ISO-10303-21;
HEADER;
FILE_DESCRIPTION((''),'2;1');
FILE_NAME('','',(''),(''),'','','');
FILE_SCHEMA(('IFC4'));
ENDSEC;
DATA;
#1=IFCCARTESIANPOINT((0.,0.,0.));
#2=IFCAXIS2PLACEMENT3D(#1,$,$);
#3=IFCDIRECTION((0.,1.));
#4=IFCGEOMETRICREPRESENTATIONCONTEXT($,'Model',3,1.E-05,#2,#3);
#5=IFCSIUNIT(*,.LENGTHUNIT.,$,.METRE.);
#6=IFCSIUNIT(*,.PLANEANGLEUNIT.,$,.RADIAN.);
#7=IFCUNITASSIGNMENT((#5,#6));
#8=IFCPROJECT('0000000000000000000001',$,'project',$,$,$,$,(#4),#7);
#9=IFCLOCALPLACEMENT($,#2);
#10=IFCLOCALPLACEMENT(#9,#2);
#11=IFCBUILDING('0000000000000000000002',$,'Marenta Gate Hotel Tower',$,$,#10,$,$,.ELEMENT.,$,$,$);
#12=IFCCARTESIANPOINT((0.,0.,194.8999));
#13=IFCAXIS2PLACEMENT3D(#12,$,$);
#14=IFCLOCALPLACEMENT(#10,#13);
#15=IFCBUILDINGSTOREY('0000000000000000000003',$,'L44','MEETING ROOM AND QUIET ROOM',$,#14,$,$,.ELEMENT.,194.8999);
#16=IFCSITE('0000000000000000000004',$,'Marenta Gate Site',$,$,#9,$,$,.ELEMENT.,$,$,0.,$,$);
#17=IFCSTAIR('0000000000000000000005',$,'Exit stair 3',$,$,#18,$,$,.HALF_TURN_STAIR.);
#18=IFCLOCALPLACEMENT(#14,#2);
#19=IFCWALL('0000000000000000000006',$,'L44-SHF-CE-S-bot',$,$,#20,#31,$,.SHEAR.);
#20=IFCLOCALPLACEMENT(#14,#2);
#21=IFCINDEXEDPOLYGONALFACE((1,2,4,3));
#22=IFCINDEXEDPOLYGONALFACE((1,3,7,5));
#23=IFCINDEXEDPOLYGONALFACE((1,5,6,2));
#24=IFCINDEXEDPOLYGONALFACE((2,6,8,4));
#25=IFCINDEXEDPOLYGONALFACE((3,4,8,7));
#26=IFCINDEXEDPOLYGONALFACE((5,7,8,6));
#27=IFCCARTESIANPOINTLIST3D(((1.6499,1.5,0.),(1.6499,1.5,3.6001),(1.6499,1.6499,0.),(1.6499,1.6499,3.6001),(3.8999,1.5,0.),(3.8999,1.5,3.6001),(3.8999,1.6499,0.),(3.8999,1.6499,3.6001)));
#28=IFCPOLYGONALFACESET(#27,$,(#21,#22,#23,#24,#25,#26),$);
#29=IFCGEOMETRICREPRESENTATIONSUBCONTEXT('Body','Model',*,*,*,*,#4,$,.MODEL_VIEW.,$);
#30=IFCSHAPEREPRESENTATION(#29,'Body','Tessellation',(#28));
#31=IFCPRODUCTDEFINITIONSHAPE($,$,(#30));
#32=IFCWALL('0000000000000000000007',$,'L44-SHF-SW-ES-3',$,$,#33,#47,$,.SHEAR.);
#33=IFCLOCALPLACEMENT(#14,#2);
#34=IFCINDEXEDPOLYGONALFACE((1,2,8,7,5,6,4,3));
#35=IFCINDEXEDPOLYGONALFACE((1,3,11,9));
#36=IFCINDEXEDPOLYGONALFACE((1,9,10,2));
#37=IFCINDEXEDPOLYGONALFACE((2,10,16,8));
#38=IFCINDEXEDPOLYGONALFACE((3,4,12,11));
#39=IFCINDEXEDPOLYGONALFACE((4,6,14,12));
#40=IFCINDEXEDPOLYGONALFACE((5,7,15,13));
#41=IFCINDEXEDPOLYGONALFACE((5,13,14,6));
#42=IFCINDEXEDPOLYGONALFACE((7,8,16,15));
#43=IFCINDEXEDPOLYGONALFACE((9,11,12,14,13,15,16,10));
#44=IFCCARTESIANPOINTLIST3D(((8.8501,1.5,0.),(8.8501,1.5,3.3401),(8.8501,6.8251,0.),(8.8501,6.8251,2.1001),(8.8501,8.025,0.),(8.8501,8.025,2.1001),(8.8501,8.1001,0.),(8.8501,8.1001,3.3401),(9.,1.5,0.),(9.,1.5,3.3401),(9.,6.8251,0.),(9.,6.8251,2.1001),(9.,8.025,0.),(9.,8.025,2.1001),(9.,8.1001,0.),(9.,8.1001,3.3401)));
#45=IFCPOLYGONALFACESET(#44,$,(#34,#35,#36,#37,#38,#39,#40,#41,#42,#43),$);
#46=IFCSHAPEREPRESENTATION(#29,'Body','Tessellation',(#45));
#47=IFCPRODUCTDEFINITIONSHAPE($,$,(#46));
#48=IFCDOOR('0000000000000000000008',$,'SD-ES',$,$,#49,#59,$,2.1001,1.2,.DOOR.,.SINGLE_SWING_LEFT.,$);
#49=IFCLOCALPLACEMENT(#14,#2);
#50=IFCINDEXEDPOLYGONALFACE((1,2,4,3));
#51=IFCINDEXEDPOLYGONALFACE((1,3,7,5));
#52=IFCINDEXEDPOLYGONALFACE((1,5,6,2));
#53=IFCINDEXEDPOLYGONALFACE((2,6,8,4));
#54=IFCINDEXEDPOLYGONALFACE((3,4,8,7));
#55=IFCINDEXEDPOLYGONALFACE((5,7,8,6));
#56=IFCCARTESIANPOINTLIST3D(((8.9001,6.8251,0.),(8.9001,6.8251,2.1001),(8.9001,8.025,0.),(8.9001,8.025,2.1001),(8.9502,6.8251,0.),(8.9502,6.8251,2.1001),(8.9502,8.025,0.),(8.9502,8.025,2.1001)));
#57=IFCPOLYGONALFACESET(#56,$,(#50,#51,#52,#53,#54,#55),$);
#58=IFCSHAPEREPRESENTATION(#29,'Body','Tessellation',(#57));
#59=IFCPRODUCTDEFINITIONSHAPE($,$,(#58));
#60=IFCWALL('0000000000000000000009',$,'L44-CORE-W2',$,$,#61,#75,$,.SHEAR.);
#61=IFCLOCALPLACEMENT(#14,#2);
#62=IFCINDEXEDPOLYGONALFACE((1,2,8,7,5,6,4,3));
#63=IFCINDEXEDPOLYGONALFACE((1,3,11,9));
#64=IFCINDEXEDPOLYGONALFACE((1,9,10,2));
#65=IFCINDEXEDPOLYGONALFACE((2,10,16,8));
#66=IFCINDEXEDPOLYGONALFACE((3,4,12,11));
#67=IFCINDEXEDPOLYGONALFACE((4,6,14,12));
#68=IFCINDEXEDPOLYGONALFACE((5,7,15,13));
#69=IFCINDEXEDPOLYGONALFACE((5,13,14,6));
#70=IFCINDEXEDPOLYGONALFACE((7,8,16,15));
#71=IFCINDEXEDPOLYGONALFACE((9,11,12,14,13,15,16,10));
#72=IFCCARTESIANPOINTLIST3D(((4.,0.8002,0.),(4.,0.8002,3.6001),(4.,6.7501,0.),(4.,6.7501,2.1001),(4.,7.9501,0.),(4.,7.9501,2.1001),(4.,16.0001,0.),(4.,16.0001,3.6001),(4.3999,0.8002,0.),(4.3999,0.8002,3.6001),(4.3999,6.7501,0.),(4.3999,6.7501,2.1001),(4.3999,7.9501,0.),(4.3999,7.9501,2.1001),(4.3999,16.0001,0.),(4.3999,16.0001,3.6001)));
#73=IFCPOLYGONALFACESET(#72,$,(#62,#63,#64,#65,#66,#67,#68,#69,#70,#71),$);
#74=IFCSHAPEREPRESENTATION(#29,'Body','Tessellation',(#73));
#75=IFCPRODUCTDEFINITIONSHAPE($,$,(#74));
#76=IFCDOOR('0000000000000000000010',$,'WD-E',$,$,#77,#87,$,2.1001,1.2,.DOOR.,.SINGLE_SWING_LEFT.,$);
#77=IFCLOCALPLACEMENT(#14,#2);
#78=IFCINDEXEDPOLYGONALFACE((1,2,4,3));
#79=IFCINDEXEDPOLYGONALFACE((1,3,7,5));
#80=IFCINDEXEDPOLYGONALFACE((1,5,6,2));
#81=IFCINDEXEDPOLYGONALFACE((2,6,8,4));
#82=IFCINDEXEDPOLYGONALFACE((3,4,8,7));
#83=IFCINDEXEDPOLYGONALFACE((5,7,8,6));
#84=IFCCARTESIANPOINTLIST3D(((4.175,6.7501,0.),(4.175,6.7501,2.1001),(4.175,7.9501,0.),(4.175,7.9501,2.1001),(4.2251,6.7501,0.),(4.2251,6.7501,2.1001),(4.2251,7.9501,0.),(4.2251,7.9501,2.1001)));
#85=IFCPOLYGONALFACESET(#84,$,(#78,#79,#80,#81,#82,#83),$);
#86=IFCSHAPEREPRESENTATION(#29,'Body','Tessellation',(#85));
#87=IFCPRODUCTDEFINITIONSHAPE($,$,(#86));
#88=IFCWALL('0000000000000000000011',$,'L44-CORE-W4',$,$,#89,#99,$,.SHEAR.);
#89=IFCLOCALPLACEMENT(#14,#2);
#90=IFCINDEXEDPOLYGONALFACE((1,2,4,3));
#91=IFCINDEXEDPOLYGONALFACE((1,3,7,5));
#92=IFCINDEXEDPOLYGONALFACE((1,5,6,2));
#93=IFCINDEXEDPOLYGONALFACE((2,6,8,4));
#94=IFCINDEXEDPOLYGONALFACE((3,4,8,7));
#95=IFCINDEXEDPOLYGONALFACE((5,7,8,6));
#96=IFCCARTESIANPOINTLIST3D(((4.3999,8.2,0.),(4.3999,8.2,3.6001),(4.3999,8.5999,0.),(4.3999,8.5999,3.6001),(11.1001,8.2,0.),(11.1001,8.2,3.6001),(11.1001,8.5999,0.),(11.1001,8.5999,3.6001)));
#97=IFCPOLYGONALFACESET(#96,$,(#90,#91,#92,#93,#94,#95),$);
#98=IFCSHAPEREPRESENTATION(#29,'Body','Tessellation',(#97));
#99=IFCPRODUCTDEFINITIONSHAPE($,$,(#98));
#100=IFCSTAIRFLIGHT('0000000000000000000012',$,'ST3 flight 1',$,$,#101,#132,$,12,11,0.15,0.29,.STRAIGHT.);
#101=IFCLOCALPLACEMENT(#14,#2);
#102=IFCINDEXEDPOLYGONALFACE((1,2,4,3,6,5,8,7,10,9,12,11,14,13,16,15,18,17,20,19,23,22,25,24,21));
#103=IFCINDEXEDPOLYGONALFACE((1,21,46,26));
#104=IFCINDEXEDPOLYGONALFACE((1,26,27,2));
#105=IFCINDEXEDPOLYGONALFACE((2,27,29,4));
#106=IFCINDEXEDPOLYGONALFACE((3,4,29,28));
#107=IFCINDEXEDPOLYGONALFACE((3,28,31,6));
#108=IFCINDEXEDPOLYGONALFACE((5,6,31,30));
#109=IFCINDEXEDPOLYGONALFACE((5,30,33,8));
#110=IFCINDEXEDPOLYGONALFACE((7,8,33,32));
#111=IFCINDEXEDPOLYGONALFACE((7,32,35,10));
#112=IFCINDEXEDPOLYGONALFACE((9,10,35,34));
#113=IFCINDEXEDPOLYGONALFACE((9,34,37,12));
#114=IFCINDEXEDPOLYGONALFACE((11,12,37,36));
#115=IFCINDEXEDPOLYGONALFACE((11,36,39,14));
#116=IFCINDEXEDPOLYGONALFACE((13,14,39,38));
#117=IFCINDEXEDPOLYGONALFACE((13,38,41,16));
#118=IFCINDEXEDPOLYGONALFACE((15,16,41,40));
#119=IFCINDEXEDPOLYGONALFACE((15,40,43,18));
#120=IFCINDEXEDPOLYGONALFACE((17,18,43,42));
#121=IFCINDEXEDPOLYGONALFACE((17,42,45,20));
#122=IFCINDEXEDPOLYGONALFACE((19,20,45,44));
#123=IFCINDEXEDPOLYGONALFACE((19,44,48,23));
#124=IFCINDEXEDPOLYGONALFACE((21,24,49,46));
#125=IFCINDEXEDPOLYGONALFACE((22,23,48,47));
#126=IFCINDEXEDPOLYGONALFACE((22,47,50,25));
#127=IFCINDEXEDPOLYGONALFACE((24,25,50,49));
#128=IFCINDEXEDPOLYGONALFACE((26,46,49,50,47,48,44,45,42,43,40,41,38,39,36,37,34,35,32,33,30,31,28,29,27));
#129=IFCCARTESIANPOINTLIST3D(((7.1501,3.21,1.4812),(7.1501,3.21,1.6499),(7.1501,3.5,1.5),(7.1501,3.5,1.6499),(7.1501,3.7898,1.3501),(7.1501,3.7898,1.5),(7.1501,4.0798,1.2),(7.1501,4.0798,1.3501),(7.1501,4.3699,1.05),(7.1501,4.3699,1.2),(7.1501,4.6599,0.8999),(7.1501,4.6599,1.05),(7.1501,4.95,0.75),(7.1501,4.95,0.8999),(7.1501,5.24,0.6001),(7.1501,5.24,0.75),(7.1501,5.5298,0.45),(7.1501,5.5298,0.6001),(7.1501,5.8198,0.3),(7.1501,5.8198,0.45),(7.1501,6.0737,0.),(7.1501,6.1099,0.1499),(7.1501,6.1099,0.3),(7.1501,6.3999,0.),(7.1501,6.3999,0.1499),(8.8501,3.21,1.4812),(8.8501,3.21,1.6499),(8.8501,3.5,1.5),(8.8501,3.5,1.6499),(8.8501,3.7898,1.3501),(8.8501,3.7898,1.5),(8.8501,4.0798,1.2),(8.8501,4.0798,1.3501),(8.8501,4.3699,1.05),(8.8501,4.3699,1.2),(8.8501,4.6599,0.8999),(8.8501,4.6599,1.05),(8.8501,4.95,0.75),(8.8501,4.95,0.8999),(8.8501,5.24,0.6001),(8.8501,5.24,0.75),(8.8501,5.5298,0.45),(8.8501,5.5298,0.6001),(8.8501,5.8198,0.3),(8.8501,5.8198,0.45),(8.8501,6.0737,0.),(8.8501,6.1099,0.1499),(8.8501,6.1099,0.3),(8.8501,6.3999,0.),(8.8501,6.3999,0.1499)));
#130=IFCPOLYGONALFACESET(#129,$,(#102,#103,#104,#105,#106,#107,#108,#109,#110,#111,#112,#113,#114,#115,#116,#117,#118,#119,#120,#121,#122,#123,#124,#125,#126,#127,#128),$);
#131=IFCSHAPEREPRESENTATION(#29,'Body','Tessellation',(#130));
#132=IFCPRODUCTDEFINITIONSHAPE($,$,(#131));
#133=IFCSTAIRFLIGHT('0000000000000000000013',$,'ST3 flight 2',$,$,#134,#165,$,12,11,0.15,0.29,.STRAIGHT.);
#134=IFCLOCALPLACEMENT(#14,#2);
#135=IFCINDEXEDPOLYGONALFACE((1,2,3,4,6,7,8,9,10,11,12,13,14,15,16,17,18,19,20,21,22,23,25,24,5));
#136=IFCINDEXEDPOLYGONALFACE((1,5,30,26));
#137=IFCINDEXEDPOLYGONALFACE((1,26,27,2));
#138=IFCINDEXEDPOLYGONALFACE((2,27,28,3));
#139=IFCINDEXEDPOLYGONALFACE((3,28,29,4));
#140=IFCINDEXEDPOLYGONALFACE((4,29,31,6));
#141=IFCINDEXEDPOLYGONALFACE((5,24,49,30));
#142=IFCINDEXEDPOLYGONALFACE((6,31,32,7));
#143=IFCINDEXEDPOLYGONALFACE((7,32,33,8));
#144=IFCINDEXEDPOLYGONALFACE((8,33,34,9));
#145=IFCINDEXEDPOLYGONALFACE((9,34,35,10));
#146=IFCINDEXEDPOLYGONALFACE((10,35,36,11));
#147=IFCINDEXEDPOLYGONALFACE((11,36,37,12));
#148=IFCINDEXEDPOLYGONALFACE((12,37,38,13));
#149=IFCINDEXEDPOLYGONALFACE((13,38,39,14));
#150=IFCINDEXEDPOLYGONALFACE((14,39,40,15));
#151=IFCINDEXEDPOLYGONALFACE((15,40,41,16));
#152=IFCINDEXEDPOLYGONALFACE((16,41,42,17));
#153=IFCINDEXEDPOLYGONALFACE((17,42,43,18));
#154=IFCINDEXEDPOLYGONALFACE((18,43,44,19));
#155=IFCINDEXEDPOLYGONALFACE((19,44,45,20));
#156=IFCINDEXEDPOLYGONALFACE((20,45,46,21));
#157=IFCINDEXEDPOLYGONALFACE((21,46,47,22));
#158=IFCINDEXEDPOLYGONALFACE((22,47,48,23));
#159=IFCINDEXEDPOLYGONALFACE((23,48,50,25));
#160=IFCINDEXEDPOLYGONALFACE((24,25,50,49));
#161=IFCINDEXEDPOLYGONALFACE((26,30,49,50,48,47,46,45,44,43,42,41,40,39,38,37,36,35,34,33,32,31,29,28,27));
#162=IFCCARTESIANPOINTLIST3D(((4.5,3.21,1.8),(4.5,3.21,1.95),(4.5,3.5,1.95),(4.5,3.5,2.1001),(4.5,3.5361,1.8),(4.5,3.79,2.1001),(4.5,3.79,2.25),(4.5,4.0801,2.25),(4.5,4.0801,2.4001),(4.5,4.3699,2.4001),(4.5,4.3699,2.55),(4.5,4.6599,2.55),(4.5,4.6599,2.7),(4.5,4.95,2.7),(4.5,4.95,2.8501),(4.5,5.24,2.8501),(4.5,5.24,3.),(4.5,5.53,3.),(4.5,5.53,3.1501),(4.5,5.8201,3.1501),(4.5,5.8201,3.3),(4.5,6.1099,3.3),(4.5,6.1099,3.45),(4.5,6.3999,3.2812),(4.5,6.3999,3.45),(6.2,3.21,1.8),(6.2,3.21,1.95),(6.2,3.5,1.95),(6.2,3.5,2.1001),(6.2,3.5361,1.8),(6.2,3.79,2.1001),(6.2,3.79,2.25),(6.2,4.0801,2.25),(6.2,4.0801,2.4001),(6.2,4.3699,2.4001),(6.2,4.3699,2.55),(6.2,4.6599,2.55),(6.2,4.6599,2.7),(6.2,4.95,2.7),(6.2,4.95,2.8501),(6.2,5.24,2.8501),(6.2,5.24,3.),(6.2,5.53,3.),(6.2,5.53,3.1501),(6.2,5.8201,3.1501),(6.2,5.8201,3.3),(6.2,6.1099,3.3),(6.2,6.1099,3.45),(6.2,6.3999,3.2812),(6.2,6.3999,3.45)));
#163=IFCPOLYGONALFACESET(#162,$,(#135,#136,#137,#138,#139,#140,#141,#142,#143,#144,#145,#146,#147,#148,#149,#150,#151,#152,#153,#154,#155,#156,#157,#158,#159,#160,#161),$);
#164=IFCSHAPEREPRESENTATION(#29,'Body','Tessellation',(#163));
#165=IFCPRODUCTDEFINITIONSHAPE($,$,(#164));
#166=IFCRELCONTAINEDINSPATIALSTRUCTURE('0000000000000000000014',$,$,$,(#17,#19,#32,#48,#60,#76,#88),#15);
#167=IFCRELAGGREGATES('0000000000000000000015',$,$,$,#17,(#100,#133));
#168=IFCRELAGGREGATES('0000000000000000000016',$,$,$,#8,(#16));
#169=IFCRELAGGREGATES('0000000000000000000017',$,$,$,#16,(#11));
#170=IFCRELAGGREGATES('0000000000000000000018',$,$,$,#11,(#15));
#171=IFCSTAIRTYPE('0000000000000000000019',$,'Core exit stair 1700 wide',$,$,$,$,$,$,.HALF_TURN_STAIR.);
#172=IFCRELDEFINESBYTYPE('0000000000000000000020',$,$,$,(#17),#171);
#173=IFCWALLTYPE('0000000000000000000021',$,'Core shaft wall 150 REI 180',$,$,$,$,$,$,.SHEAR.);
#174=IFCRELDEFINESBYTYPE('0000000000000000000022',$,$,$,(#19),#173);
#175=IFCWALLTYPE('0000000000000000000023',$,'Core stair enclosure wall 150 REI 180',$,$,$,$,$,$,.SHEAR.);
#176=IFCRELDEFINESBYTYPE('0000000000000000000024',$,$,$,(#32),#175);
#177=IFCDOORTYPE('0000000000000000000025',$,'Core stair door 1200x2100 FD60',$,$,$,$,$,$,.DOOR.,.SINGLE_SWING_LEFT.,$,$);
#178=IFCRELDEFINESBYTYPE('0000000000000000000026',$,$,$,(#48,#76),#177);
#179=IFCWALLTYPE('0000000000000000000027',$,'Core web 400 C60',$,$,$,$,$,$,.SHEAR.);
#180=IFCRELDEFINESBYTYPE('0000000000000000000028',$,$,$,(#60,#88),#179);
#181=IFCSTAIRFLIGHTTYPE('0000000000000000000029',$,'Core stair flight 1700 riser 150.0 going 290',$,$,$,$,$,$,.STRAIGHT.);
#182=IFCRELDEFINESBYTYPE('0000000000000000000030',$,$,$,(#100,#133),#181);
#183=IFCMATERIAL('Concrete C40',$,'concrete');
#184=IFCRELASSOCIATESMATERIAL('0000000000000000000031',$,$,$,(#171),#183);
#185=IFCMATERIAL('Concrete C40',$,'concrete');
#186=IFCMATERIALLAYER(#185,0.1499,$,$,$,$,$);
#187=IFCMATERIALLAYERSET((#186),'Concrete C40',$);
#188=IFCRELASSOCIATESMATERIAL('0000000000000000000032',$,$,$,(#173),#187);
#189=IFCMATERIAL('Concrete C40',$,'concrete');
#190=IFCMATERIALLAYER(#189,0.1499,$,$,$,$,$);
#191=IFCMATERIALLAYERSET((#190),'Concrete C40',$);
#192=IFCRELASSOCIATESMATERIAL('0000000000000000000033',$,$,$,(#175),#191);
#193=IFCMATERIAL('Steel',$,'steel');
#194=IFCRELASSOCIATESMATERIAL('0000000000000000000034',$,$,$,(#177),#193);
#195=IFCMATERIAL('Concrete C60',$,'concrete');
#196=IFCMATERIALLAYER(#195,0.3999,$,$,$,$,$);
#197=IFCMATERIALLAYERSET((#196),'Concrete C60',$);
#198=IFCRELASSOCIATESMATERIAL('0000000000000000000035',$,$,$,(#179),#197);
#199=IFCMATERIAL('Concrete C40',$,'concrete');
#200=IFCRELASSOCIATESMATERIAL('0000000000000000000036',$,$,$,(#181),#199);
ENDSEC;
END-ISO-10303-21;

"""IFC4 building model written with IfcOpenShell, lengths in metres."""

from ifc_helpers import new_model, si_unit, direction, frame, frame_2d, origin, place, context, subcontext, project, spatial, polyline, rectangle, outline, extrude, material, layer, layer_set, type_object, element, fill, aggregate, save


model = new_model("IFC4")

# Units and contexts
model_context = context("Model", 3, precision=1e-05, world=origin(), true_north=direction((0.0, 1.0)))
body_context = subcontext(model_context, "Body", "Model", "MODEL_VIEW")
ifc_project = project(units=[si_unit("LENGTHUNIT", "METRE"), si_unit("PLANEANGLEUNIT", "RADIAN")], contexts=[model_context])

# Site, building, storey
site_placement = place(None, origin())
site = spatial("IfcSite", under=ifc_project, at=site_placement, Name="Marenta Gate Site", CompositionType="ELEMENT", RefElevation=0.0)
building_placement = place(site_placement, origin())
building = spatial("IfcBuilding", under=site, at=building_placement, Name="Marenta Gate Hotel Tower", CompositionType="ELEMENT")
storey_placement = place(building_placement, frame((0.0, 0.0, 194.8999)))
storey = spatial("IfcBuildingStorey", under=building, at=storey_placement, Name="L44", Description="MEETING ROOM AND QUIET ROOM", CompositionType="ELEMENT", Elevation=194.8999)

# Stair
ifc_material_1 = material(Name="Concrete C40", Category="concrete")
stair_type_1 = type_object("IfcStairType", Name="Core exit stair 1700 wide", PredefinedType="HALF_TURN_STAIR", material=ifc_material_1)
stair_1_placement = place(storey_placement, origin())
stair_1 = element("IfcStair", 1, at=stair_1_placement, inside=storey, type_object=stair_type_1, Name="Exit stair 3", PredefinedType="HALF_TURN_STAIR")

# Shared definitions
ifc_material_2 = material(Name="Concrete C40", Category="concrete")
ifc_layer_1 = layer(ifc_material_2, 0.1499)
ifc_layer_set_1 = layer_set([ifc_layer_1], Name="Concrete C40")
wall_type_1 = type_object("IfcWallType", Name="Core shaft wall 150 REI 180", PredefinedType="SHEAR", material=ifc_layer_set_1)

# Wall
wall_1_placement = place(storey_placement, frame((1.6499, 1.575, 0.0), z_axis=(0.0, 0.0, 1.0), x_axis=(1.0, 0.0, 0.0)))
element("IfcWall", 2, at=wall_1_placement, inside=storey, type_object=wall_type_1, Name="L44-SHF-CE-S-bot", PredefinedType="SHEAR", context=body_context, shape_type="SweptSolid", body=[
    extrude(rectangle(XDim=2.25, YDim=0.1499, at=frame_2d((1.125, 0.0))), origin(), (0.0, 0.0, 1.0), 3.6001),
])

# Walls, openings, doors
ifc_material_3 = material(Name="Concrete C40", Category="concrete")
ifc_layer_2 = layer(ifc_material_3, 0.1499)
ifc_layer_set_2 = layer_set([ifc_layer_2], Name="Concrete C40")
wall_type_2 = type_object("IfcWallType", Name="Core stair enclosure wall 150 REI 180", PredefinedType="SHEAR", material=ifc_layer_set_2)
wall_2_placement = place(storey_placement, frame((8.925, 1.5, 0.0), z_axis=(0.0, 0.0, 1.0), x_axis=(0.0, 1.0, 0.0)))
wall_2 = element("IfcWall", 3, at=wall_2_placement, inside=storey, type_object=wall_type_2, Name="L44-SHF-SW-ES-3", PredefinedType="SHEAR", context=body_context, shape_type="SweptSolid", body=[
    extrude(rectangle(XDim=6.6001, YDim=0.1499, at=frame_2d((3.3, 0.0))), origin(), (0.0, 0.0, 1.0), 3.3401),
])
opening_1_placement = place(wall_2_placement, frame((5.325, 0.0, 0.0)))
opening_1 = element("IfcOpeningElement", 4, at=opening_1_placement, cuts=wall_2, PredefinedType="OPENING", context=body_context, shape_type="SweptSolid", body=[
    extrude(rectangle(XDim=1.2, YDim=2.1001, at=frame_2d((0.6001, 1.05))), frame((0.0, 0.075, 0.0), z_axis=(0.0, -1.0, 0.0), x_axis=(1.0, 0.0, 0.0)), (0.0, 0.0, 1.0), 0.1499),
])
ifc_material_4 = material(Name="Steel", Category="steel")
door_type_1 = type_object("IfcDoorType", Name="Core stair door 1200x2100 FD60", OperationType="SINGLE_SWING_LEFT", PredefinedType="DOOR", material=ifc_material_4)
door_1_placement = place(opening_1_placement, origin())
door_1 = element("IfcDoor", 5, at=door_1_placement, inside=storey, type_object=door_type_1, Name="SD-ES", OperationType="SINGLE_SWING_LEFT", OverallHeight=2.1001, OverallWidth=1.2, PredefinedType="DOOR", context=body_context, shape_type="SweptSolid", body=[
    extrude(rectangle(XDim=1.2, YDim=2.1001, at=frame_2d((0.6001, 1.05))), frame((0.0, 0.0249, 0.0), z_axis=(0.0, -1.0, 0.0), x_axis=(1.0, 0.0, 0.0)), (0.0, 0.0, 1.0), 0.05),
])
fill(opening_1, door_1)
ifc_material_5 = material(Name="Concrete C60", Category="concrete")
ifc_layer_3 = layer(ifc_material_5, 0.3999)
ifc_layer_set_3 = layer_set([ifc_layer_3], Name="Concrete C60")
wall_type_3 = type_object("IfcWallType", Name="Core web 400 C60", PredefinedType="SHEAR", material=ifc_layer_set_3)
wall_3_placement = place(storey_placement, frame((4.2, 0.8, 0.0), z_axis=(0.0, 0.0, 1.0), x_axis=(0.0, 1.0, 0.0)))
wall_3 = element("IfcWall", 6, at=wall_3_placement, inside=storey, type_object=wall_type_3, Name="L44-CORE-W2", PredefinedType="SHEAR", context=body_context, shape_type="SweptSolid", body=[
    extrude(rectangle(XDim=15.2, YDim=0.3999, at=frame_2d((7.6001, 0.0))), origin(), (0.0, 0.0, 1.0), 3.6001),
])
opening_2_placement = place(wall_3_placement, frame((5.95, 0.0, 0.0)))
opening_2 = element("IfcOpeningElement", 7, at=opening_2_placement, cuts=wall_3, PredefinedType="OPENING", context=body_context, shape_type="SweptSolid", body=[
    extrude(rectangle(XDim=1.2, YDim=2.1001, at=frame_2d((0.6001, 1.05))), frame((0.0, 0.2, 0.0), z_axis=(0.0, -1.0, 0.0), x_axis=(1.0, 0.0, 0.0)), (0.0, 0.0, 1.0), 0.3999),
])
door_2_placement = place(opening_2_placement, origin())
door_2 = element("IfcDoor", 8, at=door_2_placement, inside=storey, type_object=door_type_1, Name="WD-E", OperationType="SINGLE_SWING_LEFT", OverallHeight=2.1001, OverallWidth=1.2, PredefinedType="DOOR", context=body_context, shape_type="SweptSolid", body=[
    extrude(rectangle(XDim=1.2, YDim=2.1001, at=frame_2d((0.6001, 1.05))), frame((0.0, 0.0249, 0.0), z_axis=(0.0, -1.0, 0.0), x_axis=(1.0, 0.0, 0.0)), (0.0, 0.0, 1.0), 0.05),
])
fill(opening_2, door_2)

# Wall
wall_4_placement = place(storey_placement, frame((4.3999, 8.3999, 0.0), z_axis=(0.0, 0.0, 1.0), x_axis=(1.0, 0.0, 0.0)))
element("IfcWall", 9, at=wall_4_placement, inside=storey, type_object=wall_type_3, Name="L44-CORE-W4", PredefinedType="SHEAR", context=body_context, shape_type="SweptSolid", body=[
    extrude(rectangle(XDim=6.7002, YDim=0.3999, at=frame_2d((3.3501, 0.0))), origin(), (0.0, 0.0, 1.0), 3.6001),
])

# Stair flights
ifc_material_6 = material(Name="Concrete C40", Category="concrete")
stair_flight_type = type_object("IfcStairFlightType", Name="Core stair flight 1700 riser 150.0 going 290", PredefinedType="STRAIGHT", material=ifc_material_6)
stair_flight_1_placement = place(storey_placement, frame((8.0, 6.3999, 0.0), z_axis=(0.0, 0.0, 1.0), x_axis=(0.0, -1.0, 0.0)))
stair_flight_1 = element("IfcStairFlight", 10, at=stair_flight_1_placement, type_object=stair_flight_type, Name="ST3 flight 1", NumberOfRisers=12, NumberOfTreads=11, PredefinedType="STRAIGHT", RiserHeight=0.15, TreadLength=0.29, context=body_context, shape_type="SweptSolid", body=[
    extrude(outline(polyline([(0.0, 0.0), (0.0, 0.1499), (0.29, 0.1499), (0.29, 0.3), (0.5801, 0.3), (0.5801, 0.45), (0.8701, 0.45), (0.8701, 0.6001), (1.1599, 0.6001), (1.1599, 0.75), (1.45, 0.75), (1.45, 0.8999), (1.74, 0.8999), (1.74, 1.05), (2.03, 1.05), (2.03, 1.2), (2.3201, 1.2), (2.3201, 1.3501), (2.6101, 1.3501), (2.6101, 1.5), (2.8999, 1.5), (2.8999, 1.6499), (3.1899, 1.6499), (3.1899, 1.8), (3.1899, 1.4812), (0.3262, 0.0), (0.0, 0.0)])), frame((0.0, 0.8501, 0.0), z_axis=(0.0, -1.0, 0.0), x_axis=(1.0, 0.0, 0.0)), (0.0, 0.0, 1.0), 1.7),
])
stair_flight_2_placement = place(storey_placement, frame((5.3501, 3.21, 1.8), z_axis=(0.0, 0.0, 1.0), x_axis=(0.0, 1.0, 0.0)))
stair_flight_2 = element("IfcStairFlight", 11, at=stair_flight_2_placement, type_object=stair_flight_type, Name="ST3 flight 2", NumberOfRisers=12, NumberOfTreads=11, PredefinedType="STRAIGHT", RiserHeight=0.15, TreadLength=0.29, context=body_context, shape_type="SweptSolid", body=[
    extrude(outline(polyline([(0.0, 0.0), (0.0, 0.1499), (0.29, 0.1499), (0.29, 0.3), (0.5801, 0.3), (0.5801, 0.45), (0.8701, 0.45), (0.8701, 0.6001), (1.1599, 0.6001), (1.1599, 0.75), (1.45, 0.75), (1.45, 0.8999), (1.74, 0.8999), (1.74, 1.05), (2.03, 1.05), (2.03, 1.2), (2.3201, 1.2), (2.3201, 1.3501), (2.6101, 1.3501), (2.6101, 1.5), (2.8999, 1.5), (2.8999, 1.6499), (3.1899, 1.6499), (3.1899, 1.8), (3.1899, 1.4812), (0.3262, 0.0), (0.0, 0.0)])), frame((0.0, 0.8501, 0.0), z_axis=(0.0, -1.0, 0.0), x_axis=(1.0, 0.0, 0.0)), (0.0, 0.0, 1.0), 1.7),
])
aggregate(stair_1, [stair_flight_1, stair_flight_2])

save(model, "model.ifc")
